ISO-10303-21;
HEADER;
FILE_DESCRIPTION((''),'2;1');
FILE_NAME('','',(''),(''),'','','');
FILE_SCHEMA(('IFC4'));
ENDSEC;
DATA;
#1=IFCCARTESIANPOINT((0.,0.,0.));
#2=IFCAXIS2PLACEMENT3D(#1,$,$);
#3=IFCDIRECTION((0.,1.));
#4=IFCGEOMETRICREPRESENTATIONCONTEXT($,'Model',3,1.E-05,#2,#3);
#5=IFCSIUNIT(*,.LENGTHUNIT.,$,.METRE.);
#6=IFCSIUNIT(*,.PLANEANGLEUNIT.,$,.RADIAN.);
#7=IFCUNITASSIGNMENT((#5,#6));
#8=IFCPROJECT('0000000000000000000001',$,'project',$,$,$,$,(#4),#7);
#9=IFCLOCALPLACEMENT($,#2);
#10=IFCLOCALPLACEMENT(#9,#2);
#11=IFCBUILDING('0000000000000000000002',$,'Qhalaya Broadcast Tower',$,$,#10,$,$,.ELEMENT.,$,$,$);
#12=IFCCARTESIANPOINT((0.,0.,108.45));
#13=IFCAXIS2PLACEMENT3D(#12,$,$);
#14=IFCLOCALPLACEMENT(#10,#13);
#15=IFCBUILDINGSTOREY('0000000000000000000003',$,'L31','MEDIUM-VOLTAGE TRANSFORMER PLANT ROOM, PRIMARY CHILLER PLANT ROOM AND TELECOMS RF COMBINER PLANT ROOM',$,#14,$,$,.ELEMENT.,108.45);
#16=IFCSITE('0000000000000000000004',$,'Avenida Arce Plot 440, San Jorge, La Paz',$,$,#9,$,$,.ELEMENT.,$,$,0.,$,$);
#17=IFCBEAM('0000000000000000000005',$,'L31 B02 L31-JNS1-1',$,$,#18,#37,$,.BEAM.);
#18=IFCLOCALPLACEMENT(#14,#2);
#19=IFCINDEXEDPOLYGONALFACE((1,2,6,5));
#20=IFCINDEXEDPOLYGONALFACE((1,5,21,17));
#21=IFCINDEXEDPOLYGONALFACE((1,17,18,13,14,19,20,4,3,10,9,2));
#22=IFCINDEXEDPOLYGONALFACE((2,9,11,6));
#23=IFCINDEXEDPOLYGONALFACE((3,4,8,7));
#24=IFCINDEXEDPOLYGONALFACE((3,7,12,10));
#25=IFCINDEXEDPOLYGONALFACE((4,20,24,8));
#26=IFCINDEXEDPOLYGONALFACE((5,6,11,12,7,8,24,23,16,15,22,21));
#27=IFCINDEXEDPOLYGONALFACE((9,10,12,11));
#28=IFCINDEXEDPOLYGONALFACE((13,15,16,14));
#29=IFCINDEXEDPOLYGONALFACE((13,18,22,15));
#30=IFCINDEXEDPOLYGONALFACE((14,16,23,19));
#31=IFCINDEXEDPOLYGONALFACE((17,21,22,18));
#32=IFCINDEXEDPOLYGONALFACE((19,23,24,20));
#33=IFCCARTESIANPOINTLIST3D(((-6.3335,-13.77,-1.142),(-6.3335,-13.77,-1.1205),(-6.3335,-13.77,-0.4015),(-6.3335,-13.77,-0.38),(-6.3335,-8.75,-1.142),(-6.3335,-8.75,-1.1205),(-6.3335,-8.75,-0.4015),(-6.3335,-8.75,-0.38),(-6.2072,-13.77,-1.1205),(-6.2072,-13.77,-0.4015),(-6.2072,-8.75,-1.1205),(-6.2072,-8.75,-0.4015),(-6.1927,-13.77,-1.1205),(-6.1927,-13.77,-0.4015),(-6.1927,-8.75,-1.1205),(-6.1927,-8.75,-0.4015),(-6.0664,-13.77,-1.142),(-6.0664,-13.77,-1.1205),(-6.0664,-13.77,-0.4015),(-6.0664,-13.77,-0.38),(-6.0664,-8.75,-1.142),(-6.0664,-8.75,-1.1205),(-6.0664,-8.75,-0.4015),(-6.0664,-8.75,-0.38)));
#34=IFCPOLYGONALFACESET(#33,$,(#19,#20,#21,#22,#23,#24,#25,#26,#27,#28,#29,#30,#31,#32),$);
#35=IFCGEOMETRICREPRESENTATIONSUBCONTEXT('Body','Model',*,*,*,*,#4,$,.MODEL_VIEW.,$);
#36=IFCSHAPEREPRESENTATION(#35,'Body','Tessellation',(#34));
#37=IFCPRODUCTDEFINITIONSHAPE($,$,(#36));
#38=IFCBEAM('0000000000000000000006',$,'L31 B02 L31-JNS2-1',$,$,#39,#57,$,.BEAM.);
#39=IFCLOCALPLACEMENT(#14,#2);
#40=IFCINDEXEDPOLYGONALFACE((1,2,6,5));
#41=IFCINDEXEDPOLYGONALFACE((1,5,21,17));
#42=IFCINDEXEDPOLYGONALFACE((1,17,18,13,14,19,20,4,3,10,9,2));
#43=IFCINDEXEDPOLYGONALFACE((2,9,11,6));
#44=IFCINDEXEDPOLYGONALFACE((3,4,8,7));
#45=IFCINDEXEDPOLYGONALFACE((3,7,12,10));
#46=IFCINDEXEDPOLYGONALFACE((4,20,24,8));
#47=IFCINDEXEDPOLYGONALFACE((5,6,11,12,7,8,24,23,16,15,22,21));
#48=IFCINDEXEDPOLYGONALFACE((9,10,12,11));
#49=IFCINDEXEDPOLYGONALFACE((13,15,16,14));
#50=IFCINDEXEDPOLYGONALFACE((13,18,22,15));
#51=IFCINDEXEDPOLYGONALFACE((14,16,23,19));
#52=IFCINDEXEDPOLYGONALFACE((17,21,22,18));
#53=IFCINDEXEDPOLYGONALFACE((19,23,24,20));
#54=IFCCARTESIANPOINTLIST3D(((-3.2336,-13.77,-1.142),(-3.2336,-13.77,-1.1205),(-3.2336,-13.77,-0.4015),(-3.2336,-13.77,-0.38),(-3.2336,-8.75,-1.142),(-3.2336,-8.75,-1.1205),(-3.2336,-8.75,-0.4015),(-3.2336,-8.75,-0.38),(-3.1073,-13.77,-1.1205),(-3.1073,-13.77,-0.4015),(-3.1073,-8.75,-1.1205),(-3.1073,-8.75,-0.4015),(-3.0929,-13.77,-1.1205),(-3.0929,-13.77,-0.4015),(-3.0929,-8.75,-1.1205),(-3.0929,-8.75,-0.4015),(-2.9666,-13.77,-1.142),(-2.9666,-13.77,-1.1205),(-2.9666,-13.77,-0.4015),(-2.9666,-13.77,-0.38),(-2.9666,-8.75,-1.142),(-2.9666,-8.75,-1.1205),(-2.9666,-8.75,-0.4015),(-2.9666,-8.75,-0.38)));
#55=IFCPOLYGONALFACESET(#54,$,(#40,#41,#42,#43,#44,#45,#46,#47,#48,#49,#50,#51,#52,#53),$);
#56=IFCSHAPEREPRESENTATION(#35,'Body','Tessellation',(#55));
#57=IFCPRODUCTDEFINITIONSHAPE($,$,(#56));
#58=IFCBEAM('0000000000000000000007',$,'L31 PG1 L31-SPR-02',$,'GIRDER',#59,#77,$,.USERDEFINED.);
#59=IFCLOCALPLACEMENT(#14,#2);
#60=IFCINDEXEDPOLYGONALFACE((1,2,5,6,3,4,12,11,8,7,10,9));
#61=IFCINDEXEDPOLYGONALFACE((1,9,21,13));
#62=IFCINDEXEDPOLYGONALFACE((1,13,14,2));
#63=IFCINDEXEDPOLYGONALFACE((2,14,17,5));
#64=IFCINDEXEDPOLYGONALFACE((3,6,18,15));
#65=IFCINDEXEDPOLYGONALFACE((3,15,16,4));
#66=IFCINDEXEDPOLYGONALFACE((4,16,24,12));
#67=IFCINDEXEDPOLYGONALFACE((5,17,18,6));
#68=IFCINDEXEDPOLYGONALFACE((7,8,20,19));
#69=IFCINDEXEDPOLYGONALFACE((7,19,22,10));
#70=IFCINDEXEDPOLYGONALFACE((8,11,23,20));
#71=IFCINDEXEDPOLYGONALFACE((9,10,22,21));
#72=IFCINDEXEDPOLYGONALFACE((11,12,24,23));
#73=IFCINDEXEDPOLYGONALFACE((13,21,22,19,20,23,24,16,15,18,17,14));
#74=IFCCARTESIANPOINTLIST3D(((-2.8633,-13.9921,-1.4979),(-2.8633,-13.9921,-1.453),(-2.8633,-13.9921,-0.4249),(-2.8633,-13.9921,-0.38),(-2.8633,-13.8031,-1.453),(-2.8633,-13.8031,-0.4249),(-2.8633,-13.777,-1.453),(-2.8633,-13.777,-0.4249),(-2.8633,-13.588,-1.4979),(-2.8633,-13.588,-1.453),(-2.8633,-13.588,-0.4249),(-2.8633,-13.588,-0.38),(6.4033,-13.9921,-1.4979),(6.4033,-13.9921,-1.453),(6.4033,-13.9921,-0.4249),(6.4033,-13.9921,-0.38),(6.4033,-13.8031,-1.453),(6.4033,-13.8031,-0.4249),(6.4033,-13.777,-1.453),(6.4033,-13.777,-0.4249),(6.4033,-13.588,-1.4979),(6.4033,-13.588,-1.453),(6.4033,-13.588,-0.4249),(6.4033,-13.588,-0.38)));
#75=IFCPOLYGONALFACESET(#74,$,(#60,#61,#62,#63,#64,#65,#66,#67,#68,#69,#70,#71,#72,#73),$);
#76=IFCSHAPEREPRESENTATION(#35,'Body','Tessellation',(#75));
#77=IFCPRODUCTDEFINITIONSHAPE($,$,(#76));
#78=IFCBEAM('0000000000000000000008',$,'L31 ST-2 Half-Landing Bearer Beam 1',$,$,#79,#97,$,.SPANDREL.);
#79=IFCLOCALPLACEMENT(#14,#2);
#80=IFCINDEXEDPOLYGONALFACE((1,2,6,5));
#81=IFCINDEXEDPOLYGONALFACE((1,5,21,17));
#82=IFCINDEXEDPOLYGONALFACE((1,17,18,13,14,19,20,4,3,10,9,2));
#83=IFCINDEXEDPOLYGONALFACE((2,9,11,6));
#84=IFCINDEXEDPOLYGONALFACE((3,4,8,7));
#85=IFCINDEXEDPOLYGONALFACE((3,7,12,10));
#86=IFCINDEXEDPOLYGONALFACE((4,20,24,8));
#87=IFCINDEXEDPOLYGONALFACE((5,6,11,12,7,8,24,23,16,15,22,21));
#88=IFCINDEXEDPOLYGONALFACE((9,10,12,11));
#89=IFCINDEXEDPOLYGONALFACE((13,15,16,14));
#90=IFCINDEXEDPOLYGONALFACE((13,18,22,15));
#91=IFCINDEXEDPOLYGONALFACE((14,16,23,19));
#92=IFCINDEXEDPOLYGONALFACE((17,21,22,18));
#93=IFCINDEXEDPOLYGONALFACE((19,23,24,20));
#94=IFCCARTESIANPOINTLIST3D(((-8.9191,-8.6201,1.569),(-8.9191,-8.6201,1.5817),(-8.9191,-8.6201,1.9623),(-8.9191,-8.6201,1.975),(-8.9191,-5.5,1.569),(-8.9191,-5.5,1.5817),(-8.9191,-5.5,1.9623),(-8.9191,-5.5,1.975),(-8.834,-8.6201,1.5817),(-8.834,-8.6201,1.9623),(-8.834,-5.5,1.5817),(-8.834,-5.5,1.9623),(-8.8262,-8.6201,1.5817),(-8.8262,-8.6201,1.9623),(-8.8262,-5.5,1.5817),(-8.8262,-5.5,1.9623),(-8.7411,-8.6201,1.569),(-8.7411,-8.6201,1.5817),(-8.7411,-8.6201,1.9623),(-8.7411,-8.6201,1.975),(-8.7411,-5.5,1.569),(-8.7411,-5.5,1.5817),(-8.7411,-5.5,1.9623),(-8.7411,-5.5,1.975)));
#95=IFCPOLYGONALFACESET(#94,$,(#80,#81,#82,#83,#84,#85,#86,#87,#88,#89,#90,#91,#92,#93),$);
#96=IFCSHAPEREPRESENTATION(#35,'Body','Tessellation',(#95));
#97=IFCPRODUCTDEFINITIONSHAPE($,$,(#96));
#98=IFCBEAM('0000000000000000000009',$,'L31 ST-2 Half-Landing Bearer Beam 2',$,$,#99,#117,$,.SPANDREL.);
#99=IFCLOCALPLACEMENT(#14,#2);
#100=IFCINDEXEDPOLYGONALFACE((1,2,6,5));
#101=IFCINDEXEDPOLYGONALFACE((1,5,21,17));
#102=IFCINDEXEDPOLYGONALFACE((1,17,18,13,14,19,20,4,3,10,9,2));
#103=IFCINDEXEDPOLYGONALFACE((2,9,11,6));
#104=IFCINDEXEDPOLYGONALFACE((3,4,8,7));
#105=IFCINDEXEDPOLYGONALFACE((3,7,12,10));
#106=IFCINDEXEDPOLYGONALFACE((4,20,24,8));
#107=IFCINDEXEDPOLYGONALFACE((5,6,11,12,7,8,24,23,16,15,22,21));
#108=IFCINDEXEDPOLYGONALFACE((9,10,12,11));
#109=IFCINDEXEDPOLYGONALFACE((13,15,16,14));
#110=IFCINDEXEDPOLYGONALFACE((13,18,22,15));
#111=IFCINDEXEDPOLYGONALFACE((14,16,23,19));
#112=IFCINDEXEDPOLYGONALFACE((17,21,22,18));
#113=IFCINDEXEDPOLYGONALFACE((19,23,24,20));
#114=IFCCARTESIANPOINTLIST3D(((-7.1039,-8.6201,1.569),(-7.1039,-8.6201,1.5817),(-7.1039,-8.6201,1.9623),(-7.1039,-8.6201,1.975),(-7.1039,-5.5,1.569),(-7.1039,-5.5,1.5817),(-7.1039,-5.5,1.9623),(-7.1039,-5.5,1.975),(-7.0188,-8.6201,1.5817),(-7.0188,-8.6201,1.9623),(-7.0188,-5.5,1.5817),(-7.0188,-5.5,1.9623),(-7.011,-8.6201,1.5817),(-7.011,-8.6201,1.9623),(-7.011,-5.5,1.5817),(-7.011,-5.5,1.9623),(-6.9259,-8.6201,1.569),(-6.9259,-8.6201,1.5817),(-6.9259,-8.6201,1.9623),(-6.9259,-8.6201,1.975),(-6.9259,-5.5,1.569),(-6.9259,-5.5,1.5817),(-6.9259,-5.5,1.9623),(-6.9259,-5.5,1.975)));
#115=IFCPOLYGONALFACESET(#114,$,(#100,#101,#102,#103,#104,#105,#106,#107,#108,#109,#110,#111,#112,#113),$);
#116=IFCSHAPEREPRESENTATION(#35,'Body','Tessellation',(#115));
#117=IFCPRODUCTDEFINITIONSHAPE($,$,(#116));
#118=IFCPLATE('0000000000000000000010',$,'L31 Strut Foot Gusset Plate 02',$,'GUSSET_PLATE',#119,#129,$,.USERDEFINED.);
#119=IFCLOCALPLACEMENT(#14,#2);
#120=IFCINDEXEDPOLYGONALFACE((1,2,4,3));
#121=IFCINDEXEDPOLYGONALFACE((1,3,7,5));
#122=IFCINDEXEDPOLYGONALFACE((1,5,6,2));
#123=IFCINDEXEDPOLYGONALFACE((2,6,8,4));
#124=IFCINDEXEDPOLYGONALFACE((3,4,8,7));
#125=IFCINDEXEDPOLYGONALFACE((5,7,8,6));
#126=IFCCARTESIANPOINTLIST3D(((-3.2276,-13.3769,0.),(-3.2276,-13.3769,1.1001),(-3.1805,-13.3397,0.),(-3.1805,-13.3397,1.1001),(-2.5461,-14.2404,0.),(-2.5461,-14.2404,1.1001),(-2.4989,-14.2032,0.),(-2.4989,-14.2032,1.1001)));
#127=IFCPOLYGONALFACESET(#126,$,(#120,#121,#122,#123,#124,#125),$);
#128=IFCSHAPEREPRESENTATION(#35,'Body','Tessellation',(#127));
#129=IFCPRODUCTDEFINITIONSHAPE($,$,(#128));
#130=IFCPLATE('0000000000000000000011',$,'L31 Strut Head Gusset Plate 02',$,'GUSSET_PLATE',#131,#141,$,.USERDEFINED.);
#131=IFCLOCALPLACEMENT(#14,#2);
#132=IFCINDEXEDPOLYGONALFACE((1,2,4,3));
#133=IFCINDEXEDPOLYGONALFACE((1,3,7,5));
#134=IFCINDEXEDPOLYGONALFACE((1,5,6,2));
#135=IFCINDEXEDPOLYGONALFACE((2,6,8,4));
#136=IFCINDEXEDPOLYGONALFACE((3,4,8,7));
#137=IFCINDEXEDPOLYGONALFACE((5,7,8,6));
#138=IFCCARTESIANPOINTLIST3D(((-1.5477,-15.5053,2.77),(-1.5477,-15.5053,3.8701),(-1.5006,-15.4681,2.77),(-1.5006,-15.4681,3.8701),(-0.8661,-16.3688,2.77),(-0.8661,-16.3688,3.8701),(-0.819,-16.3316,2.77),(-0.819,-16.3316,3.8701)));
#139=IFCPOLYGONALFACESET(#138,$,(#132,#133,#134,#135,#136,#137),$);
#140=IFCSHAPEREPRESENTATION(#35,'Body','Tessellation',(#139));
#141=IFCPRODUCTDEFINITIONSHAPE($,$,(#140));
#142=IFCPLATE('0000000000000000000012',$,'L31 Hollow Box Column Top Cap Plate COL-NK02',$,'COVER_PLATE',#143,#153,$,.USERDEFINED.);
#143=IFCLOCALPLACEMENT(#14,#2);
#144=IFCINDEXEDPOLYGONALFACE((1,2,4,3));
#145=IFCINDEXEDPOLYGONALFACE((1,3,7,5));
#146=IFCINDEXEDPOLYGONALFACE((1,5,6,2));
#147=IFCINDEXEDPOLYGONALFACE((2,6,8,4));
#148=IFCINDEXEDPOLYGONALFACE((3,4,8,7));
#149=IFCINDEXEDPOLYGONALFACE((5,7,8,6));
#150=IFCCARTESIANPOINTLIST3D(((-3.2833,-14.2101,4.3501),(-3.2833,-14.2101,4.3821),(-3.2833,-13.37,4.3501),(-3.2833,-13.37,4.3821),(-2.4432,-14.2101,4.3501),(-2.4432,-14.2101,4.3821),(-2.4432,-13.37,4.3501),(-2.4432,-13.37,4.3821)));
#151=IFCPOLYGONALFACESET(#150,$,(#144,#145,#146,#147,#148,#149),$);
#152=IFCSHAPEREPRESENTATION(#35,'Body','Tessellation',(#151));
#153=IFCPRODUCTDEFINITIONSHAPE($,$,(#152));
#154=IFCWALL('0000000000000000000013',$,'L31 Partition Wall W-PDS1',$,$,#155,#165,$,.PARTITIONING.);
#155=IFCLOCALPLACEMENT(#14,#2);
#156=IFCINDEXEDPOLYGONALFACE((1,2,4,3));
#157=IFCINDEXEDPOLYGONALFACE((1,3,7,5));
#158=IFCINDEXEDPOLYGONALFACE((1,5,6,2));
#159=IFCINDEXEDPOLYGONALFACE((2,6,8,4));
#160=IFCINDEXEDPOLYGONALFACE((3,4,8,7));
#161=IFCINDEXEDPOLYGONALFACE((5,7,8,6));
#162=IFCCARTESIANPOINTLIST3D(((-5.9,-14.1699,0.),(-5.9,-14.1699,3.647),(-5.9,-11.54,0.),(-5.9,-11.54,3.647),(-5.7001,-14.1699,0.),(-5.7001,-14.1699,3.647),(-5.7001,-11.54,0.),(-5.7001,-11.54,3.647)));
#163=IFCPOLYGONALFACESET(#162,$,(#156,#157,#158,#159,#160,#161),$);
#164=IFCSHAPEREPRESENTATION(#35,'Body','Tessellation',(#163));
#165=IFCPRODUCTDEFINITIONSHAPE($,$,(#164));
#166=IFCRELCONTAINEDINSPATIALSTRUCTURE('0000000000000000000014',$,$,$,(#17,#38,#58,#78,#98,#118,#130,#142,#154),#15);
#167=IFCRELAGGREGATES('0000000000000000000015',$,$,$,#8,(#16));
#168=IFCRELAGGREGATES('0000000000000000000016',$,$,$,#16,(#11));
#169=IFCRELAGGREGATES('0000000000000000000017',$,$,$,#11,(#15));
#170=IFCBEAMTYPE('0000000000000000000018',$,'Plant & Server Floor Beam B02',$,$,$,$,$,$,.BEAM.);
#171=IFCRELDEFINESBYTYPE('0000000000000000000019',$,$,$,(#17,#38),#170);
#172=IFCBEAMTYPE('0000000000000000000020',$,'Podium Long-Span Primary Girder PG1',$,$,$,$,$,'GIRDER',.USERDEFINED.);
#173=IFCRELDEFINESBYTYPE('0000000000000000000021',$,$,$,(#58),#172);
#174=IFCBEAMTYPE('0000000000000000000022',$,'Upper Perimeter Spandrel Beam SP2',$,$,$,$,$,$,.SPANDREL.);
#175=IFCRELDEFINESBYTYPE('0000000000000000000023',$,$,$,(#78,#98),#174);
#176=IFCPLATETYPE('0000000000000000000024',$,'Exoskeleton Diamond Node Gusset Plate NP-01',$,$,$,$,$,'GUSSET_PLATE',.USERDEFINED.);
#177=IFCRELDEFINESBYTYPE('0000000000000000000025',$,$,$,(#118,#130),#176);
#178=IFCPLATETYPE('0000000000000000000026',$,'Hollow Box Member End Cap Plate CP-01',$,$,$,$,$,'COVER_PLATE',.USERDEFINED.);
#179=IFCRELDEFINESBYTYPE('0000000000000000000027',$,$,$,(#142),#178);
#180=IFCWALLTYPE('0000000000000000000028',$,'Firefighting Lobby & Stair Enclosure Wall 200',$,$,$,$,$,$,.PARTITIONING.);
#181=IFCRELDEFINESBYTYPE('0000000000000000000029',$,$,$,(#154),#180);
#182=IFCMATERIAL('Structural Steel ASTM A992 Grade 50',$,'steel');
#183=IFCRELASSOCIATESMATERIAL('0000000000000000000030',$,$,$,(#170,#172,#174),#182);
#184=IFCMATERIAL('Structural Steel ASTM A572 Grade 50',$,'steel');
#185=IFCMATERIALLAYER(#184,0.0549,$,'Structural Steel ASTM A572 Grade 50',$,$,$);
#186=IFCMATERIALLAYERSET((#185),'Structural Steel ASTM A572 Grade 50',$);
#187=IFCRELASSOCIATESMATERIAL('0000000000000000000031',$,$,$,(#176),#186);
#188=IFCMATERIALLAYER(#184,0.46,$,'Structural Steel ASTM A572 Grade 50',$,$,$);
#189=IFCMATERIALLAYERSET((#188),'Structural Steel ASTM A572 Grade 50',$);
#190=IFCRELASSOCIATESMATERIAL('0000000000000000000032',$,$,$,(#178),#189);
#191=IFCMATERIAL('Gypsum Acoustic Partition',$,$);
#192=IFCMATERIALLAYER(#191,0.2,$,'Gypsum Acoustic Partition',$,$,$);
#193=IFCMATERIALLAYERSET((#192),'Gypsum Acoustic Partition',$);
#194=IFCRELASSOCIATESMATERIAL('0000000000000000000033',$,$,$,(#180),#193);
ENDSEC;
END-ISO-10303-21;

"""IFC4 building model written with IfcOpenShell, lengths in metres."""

from ifc_helpers import new_model, si_unit, direction, frame, frame_2d, origin, origin_2d, place, context, subcontext, project, spatial, rectangle, i_section, extrude, material, layer, layer_set, material_profile, profile_set, type_object, element, save


model = new_model("IFC4")

# Units and contexts
model_context = context("Model", 3, precision=1e-05, world=origin(), true_north=direction((0.0, 1.0)))
body_context = subcontext(model_context, "Body", "Model", "MODEL_VIEW")
ifc_project = project(units=[si_unit("LENGTHUNIT", "METRE"), si_unit("PLANEANGLEUNIT", "RADIAN")], contexts=[model_context])

# Site, building, storey
site_placement = place(None, origin())
site = spatial("IfcSite", under=ifc_project, at=site_placement, Name="Avenida Arce Plot 440, San Jorge, La Paz", CompositionType="ELEMENT", RefElevation=0.0)
building_placement = place(site_placement, origin())
building = spatial("IfcBuilding", under=site, at=building_placement, Name="Qhalaya Broadcast Tower", CompositionType="ELEMENT")
storey_placement = place(building_placement, frame((0.0, 0.0, 108.45)))
storey = spatial("IfcBuildingStorey", under=building, at=storey_placement, Name="L31", Description="MEDIUM-VOLTAGE TRANSFORMER PLANT ROOM, PRIMARY CHILLER PLANT ROOM AND TELECOMS RF COMBINER PLANT ROOM", CompositionType="ELEMENT", Elevation=108.45)

# Shared definitions
ifc_material_1 = material(Name="Structural Steel ASTM A572 Grade 50", Category="steel")

# Shared definitions
ifc_material_2 = material(Name="Structural Steel ASTM A992 Grade 50", Category="steel")

# Beams
ifc_material_profile_1 = material_profile(ifc_material_2, i_section(OverallWidth=0.2671, OverallDepth=0.762, WebThickness=0.0144, FlangeThickness=0.0215, at=origin_2d()), Name="W30X116")
ifc_profile_set_1 = profile_set([ifc_material_profile_1], Name="Structural Steel ASTM A992 Grade 50")
beam_type_1 = type_object("IfcBeamType", Name="Plant & Server Floor Beam B02", PredefinedType="BEAM", material=ifc_profile_set_1)
for number, where, z_axis, x_axis, name in (
    (1, (-6.2, -13.77, -0.761), (0.0, 1.0, 0.0), (-1.0, 0.0, 0.0), "L31 B02 L31-JNS1-1"),
    (2, (-3.1001, -13.77, -0.761), (0.0, 1.0, 0.0), (-1.0, 0.0, 0.0), "L31 B02 L31-JNS2-1"),
):
    element("IfcBeam", number, at=place(storey_placement, frame(where, z_axis=z_axis, x_axis=x_axis)), inside=storey, type_object=beam_type_1, Name=name, PredefinedType="BEAM", context=body_context, shape_type="SweptSolid", body=[
        extrude(i_section(OverallWidth=0.2671, OverallDepth=0.762, WebThickness=0.0144, FlangeThickness=0.0215, at=origin_2d()), origin(), (0.0, 0.0, 1.0), 5.02),
    ])
ifc_material_profile_2 = material_profile(ifc_material_2, i_section(OverallWidth=0.4041, OverallDepth=1.1179, WebThickness=0.0261, FlangeThickness=0.0449, at=origin_2d()), Name="W44X335")
ifc_profile_set_2 = profile_set([ifc_material_profile_2], Name="Structural Steel ASTM A992 Grade 50")
beam_type_2 = type_object("IfcBeamType", Name="Podium Long-Span Primary Girder PG1", ElementType="GIRDER", PredefinedType="USERDEFINED", material=ifc_profile_set_2)
beam_1_placement = place(storey_placement, frame((-2.8633, -13.79, -0.939), z_axis=(1.0, 0.0, 0.0), x_axis=(0.0, 1.0, 0.0)))
element("IfcBeam", 3, at=beam_1_placement, inside=storey, type_object=beam_type_2, Name="L31 PG1 L31-SPR-02", ObjectType="GIRDER", PredefinedType="USERDEFINED", context=body_context, shape_type="SweptSolid", body=[
    extrude(i_section(OverallWidth=0.4041, OverallDepth=1.1179, WebThickness=0.0261, FlangeThickness=0.0449, at=origin_2d()), origin(), (0.0, 0.0, 1.0), 9.2666),
])
ifc_material_profile_3 = material_profile(ifc_material_2, i_section(OverallWidth=0.178, OverallDepth=0.406, WebThickness=0.0078, FlangeThickness=0.0127, at=origin_2d()), Name="W16X40")
ifc_profile_set_3 = profile_set([ifc_material_profile_3], Name="Structural Steel ASTM A992 Grade 50")
beam_type_3 = type_object("IfcBeamType", Name="Upper Perimeter Spandrel Beam SP2", PredefinedType="SPANDREL", material=ifc_profile_set_3)
for number, where, z_axis, x_axis, name in (
    (4, (-8.8301, -8.6201, 1.772), (0.0, 1.0, 0.0), (-1.0, 0.0, 0.0), "L31 ST-2 Half-Landing Bearer Beam 1"),
    (5, (-7.0149, -8.6201, 1.772), (0.0, 1.0, 0.0), (-1.0, 0.0, 0.0), "L31 ST-2 Half-Landing Bearer Beam 2"),
):
    element("IfcBeam", number, at=place(storey_placement, frame(where, z_axis=z_axis, x_axis=x_axis)), inside=storey, type_object=beam_type_3, Name=name, PredefinedType="SPANDREL", context=body_context, shape_type="SweptSolid", body=[
        extrude(i_section(OverallWidth=0.178, OverallDepth=0.406, WebThickness=0.0078, FlangeThickness=0.0127, at=origin_2d()), origin(), (0.0, 0.0, 1.0), 3.1201),
    ])

# Plates
ifc_layer_1 = layer(ifc_material_1, 0.0549, Name="Structural Steel ASTM A572 Grade 50")
ifc_layer_set_1 = layer_set([ifc_layer_1], Name="Structural Steel ASTM A572 Grade 50")
plate_type_1 = type_object("IfcPlateType", Name="Exoskeleton Diamond Node Gusset Plate NP-01", ElementType="GUSSET_PLATE", PredefinedType="USERDEFINED", material=ifc_layer_set_1)
for number, where, z_axis, x_axis, name in (
    (6, (-2.8633, -13.79, 0.0), (0.0, 0.0, 1.0), (0.619546, -0.78496, 0.0), "L31 Strut Foot Gusset Plate 02"),
    (7, (-1.1833, -15.9185, 2.77), (0.0, 0.0, 1.0), (0.619546, -0.78496, 0.0), "L31 Strut Head Gusset Plate 02"),
):
    element("IfcPlate", number, at=place(storey_placement, frame(where, z_axis=z_axis, x_axis=x_axis)), inside=storey, type_object=plate_type_1, Name=name, ObjectType="GUSSET_PLATE", PredefinedType="USERDEFINED", context=body_context, shape_type="SweptSolid", body=[
        extrude(rectangle(XDim=1.1001, YDim=0.0601, at=origin_2d()), origin(), (0.0, 0.0, 1.0), 1.1001),
    ])
ifc_layer_2 = layer(ifc_material_1, 0.46, Name="Structural Steel ASTM A572 Grade 50")
ifc_layer_set_2 = layer_set([ifc_layer_2], Name="Structural Steel ASTM A572 Grade 50")
plate_type_2 = type_object("IfcPlateType", Name="Hollow Box Member End Cap Plate CP-01", ElementType="COVER_PLATE", PredefinedType="USERDEFINED", material=ifc_layer_set_2)
plate_placement = place(storey_placement, frame((-2.8633, -13.79, 4.3501), z_axis=(0.0, 0.0, 1.0), x_axis=(1.0, 0.0, 0.0)))
element("IfcPlate", 8, at=plate_placement, inside=storey, type_object=plate_type_2, Name="L31 Hollow Box Column Top Cap Plate COL-NK02", ObjectType="COVER_PLATE", PredefinedType="USERDEFINED", context=body_context, shape_type="SweptSolid", body=[
    extrude(rectangle(XDim=0.8401, YDim=0.8401, at=origin_2d()), origin(), (0.0, 0.0, 1.0), 0.032),
])

# Wall
ifc_material_3 = material(Name="Gypsum Acoustic Partition")
ifc_layer_3 = layer(ifc_material_3, 0.2, Name="Gypsum Acoustic Partition")
ifc_layer_set_3 = layer_set([ifc_layer_3], Name="Gypsum Acoustic Partition")
wall_type_1 = type_object("IfcWallType", Name="Firefighting Lobby & Stair Enclosure Wall 200", PredefinedType="PARTITIONING", material=ifc_layer_set_3)
wall_1_placement = place(storey_placement, frame((-5.8, -14.1699, 0.0), z_axis=(0.0, 0.0, 1.0), x_axis=(0.0, 1.0, 0.0)))
element("IfcWall", 9, at=wall_1_placement, inside=storey, type_object=wall_type_1, Name="L31 Partition Wall W-PDS1", PredefinedType="PARTITIONING", context=body_context, shape_type="SweptSolid", body=[
    extrude(rectangle(XDim=2.6299, YDim=0.2, at=frame_2d((1.3149, 0.0))), origin(), (0.0, 0.0, 1.0), 3.647),
])

save(model, "model.ifc")
